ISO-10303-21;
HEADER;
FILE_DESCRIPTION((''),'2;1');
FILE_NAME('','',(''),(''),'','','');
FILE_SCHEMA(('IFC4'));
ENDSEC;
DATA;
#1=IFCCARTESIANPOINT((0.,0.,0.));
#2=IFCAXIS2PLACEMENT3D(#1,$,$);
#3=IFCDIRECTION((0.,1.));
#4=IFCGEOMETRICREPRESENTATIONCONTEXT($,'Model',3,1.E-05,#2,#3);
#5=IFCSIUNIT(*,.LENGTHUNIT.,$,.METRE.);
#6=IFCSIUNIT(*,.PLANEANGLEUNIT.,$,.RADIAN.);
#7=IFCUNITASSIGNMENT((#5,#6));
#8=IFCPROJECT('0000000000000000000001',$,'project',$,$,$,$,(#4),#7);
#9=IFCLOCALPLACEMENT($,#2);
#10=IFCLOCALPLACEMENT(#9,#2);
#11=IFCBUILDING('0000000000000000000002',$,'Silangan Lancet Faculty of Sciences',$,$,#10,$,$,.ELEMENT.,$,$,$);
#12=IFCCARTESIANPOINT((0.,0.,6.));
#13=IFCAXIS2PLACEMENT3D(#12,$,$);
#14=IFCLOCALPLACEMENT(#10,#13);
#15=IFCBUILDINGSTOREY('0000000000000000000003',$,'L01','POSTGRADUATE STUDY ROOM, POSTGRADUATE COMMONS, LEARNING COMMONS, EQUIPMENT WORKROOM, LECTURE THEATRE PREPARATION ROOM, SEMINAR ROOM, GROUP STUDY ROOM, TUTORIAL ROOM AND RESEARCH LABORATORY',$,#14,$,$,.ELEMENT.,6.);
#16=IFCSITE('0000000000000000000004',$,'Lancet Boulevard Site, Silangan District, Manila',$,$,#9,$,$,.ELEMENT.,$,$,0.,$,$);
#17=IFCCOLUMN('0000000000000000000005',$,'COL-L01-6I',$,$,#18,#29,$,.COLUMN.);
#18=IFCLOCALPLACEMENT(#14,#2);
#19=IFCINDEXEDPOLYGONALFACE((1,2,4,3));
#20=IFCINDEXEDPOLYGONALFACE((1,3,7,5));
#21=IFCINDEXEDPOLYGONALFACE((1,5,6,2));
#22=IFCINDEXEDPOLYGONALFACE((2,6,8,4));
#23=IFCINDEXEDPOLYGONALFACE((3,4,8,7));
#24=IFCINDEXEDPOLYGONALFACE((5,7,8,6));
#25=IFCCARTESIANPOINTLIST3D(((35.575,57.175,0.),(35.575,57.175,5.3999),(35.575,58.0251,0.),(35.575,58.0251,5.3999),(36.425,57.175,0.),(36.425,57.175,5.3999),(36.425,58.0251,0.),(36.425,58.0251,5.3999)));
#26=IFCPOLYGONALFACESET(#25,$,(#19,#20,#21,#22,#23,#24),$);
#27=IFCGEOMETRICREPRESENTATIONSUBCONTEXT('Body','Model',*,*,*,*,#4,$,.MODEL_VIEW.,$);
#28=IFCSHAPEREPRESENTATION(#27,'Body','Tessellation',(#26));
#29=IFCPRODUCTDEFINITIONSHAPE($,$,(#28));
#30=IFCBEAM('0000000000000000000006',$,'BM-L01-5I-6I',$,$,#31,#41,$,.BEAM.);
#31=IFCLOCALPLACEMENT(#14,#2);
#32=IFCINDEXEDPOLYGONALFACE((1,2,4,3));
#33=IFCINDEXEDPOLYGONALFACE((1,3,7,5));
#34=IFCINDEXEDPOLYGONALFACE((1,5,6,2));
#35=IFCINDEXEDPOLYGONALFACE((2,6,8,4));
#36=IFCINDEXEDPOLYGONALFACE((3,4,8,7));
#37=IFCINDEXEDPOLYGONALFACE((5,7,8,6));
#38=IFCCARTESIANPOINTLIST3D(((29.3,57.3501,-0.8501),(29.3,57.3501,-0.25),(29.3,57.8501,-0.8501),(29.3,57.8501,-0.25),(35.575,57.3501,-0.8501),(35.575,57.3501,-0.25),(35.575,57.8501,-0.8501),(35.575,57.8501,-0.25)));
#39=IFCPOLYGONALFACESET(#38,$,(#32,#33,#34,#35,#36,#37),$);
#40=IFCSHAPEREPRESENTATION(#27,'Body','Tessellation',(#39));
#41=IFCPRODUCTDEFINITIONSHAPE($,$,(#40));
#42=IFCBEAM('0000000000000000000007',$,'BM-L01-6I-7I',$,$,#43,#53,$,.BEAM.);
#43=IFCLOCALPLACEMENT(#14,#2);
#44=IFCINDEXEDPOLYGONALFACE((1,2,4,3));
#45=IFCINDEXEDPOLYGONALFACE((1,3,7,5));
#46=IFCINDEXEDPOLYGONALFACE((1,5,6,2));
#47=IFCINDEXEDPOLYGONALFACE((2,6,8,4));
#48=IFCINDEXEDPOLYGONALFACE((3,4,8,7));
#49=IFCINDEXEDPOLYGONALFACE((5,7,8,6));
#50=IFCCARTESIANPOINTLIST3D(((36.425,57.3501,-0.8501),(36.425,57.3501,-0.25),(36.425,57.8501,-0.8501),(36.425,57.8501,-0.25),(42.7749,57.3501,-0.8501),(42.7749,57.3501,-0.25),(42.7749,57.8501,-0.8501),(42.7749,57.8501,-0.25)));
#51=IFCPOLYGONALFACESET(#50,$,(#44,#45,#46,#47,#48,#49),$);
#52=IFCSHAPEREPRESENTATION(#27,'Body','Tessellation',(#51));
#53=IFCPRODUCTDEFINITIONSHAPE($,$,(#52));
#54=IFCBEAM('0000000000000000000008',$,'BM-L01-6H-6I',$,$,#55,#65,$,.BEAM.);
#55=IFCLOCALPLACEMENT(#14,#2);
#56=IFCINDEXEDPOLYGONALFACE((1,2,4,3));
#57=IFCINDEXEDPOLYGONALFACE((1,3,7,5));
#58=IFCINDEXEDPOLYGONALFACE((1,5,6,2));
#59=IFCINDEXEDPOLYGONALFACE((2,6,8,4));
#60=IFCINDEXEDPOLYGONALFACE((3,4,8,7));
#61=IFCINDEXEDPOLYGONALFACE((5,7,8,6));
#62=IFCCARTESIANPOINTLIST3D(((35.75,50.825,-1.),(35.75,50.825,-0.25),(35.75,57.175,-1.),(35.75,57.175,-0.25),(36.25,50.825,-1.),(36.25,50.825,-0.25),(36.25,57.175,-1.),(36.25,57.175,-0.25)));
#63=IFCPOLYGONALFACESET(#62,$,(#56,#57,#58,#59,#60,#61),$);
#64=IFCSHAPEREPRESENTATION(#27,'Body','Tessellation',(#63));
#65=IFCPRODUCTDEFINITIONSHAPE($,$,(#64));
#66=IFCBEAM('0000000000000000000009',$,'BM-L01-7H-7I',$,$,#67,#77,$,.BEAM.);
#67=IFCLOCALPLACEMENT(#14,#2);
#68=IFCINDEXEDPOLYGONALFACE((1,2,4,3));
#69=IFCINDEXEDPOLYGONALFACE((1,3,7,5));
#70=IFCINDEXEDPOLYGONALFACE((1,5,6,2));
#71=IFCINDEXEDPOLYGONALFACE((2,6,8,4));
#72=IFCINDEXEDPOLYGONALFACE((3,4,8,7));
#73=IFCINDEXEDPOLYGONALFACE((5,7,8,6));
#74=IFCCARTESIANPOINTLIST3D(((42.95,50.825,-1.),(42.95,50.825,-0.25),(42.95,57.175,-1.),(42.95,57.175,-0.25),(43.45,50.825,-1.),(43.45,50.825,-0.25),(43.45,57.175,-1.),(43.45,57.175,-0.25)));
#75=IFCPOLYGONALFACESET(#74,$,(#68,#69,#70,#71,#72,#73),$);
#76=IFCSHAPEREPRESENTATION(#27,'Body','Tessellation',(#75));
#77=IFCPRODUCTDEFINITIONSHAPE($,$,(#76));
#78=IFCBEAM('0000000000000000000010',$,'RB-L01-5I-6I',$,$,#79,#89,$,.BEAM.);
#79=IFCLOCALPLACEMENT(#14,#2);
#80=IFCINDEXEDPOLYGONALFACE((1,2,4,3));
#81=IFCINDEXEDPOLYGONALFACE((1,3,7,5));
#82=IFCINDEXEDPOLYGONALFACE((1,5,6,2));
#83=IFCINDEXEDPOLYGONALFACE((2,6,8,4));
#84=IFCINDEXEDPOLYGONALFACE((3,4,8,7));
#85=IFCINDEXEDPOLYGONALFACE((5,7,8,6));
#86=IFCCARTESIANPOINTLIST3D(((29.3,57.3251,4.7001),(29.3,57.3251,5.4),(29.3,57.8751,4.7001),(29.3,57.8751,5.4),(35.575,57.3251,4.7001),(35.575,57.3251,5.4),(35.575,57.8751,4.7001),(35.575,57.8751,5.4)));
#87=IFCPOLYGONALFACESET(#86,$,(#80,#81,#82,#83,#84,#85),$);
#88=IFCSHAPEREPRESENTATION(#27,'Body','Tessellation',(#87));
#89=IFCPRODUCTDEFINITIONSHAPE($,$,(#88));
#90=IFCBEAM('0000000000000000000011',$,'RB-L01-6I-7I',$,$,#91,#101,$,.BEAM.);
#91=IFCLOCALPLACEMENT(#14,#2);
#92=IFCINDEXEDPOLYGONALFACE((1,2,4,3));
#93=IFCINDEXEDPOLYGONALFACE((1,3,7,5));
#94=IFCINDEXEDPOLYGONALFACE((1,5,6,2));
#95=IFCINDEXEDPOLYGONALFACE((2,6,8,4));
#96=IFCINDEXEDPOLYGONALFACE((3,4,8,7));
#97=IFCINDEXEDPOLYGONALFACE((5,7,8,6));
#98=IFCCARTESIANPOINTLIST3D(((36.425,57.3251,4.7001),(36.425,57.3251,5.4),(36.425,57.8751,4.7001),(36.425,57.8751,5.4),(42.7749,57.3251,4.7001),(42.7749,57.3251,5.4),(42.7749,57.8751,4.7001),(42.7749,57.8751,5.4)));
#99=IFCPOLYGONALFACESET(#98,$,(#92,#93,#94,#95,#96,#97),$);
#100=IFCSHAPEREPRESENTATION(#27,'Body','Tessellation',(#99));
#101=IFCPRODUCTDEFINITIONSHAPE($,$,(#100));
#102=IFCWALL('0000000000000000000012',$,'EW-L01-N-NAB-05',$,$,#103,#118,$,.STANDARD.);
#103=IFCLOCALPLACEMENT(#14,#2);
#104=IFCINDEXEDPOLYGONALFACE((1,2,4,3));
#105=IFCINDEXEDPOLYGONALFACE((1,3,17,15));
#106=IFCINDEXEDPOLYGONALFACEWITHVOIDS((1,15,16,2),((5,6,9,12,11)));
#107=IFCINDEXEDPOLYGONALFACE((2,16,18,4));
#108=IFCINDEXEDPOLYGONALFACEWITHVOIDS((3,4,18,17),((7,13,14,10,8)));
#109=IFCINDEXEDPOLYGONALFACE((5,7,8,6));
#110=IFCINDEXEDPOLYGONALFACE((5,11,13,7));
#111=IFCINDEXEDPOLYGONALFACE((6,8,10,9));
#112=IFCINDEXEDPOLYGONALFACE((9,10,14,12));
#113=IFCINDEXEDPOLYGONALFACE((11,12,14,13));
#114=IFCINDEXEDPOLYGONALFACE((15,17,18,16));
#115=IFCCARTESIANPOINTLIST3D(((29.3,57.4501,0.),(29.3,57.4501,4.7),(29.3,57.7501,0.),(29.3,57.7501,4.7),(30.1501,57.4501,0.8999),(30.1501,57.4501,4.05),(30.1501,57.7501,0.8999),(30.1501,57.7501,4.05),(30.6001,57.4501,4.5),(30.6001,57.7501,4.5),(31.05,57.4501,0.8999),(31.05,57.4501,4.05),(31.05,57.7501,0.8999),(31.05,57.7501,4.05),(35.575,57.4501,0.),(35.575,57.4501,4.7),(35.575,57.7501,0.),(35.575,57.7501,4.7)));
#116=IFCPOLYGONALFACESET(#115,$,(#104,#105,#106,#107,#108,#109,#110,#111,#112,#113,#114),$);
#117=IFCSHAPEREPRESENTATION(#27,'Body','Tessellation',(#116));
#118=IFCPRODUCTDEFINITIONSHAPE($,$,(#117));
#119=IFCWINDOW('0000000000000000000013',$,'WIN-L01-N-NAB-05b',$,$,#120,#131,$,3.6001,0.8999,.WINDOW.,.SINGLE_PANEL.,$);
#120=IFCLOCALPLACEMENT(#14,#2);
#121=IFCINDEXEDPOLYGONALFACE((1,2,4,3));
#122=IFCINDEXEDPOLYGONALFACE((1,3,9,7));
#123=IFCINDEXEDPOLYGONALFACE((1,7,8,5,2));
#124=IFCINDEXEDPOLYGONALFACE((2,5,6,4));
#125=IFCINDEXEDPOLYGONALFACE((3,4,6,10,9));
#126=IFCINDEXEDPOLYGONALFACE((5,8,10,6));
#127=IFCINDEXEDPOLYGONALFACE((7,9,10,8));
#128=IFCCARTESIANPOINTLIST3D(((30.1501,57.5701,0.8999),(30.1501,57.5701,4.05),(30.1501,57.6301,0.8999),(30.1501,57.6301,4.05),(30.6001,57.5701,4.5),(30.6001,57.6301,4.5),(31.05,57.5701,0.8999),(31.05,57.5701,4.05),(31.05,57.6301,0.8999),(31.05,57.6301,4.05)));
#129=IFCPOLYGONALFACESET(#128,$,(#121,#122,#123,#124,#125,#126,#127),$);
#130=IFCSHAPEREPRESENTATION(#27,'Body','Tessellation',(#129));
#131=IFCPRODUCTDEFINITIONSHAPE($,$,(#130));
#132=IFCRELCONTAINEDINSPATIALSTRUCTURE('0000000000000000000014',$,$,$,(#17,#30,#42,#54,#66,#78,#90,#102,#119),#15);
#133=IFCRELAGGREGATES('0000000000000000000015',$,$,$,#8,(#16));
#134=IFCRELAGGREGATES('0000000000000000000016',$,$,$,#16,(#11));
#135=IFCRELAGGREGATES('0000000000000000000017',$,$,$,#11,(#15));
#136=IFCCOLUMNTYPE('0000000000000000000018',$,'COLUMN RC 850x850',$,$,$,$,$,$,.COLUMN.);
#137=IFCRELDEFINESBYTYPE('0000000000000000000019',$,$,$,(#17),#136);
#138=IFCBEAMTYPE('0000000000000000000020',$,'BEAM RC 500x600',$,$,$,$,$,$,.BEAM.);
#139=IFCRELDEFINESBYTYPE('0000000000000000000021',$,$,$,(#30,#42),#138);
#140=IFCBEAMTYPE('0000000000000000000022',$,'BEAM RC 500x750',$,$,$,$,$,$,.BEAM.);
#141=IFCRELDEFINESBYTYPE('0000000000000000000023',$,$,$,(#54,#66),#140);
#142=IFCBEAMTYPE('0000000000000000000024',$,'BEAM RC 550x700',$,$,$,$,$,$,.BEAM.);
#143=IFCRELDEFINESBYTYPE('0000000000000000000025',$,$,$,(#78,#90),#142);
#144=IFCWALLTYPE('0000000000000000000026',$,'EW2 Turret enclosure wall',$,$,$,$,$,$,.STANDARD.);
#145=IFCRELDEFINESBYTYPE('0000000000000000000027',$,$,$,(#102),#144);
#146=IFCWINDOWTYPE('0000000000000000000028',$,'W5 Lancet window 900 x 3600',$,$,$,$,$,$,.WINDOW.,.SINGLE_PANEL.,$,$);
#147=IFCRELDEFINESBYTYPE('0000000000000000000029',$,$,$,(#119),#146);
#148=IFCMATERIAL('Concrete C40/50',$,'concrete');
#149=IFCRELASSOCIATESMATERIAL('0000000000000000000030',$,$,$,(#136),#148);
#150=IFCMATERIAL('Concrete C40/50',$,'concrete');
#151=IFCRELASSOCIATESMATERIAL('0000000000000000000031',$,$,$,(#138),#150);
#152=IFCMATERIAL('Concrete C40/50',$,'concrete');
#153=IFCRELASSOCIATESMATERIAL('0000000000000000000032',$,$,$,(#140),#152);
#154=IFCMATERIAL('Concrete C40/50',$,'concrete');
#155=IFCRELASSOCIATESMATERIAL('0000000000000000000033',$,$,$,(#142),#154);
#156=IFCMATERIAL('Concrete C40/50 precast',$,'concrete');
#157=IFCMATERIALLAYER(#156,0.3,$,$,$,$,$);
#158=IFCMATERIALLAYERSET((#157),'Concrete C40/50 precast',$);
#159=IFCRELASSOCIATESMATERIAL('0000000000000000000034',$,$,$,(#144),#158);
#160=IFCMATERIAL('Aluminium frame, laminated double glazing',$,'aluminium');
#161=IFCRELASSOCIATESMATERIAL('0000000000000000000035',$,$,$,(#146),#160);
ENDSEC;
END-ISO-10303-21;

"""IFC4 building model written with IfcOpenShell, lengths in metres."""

from ifc_helpers import new_model, si_unit, direction, frame, frame_2d, origin, origin_2d, place, context, subcontext, project, spatial, polyline, rectangle, outline, extrude, material, layer, layer_set, material_profile, profile_set, type_object, element, fill, save


model = new_model("IFC4")

# Units and contexts
model_context = context("Model", 3, precision=1e-05, world=origin(), true_north=direction((0.0, 1.0)))
body_context = subcontext(model_context, "Body", "Model", "MODEL_VIEW")
ifc_project = project(units=[si_unit("LENGTHUNIT", "METRE"), si_unit("PLANEANGLEUNIT", "RADIAN")], contexts=[model_context])

# Site, building, storey
site_placement = place(None, origin())
site = spatial("IfcSite", under=ifc_project, at=site_placement, Name="Lancet Boulevard Site, Silangan District, Manila", CompositionType="ELEMENT", RefElevation=0.0)
building_placement = place(site_placement, origin())
building = spatial("IfcBuilding", under=site, at=building_placement, Name="Silangan Lancet Faculty of Sciences", CompositionType="ELEMENT")
storey_placement = place(building_placement, frame((0.0, 0.0, 6.0)))
storey = spatial("IfcBuildingStorey", under=building, at=storey_placement, Name="L01", Description="POSTGRADUATE STUDY ROOM, POSTGRADUATE COMMONS, LEARNING COMMONS, EQUIPMENT WORKROOM, LECTURE THEATRE PREPARATION ROOM, SEMINAR ROOM, GROUP STUDY ROOM, TUTORIAL ROOM AND RESEARCH LABORATORY", CompositionType="ELEMENT", Elevation=6.0)

# Column
ifc_material_1 = material(Name="Concrete C40/50", Category="concrete")
ifc_material_profile_1 = material_profile(ifc_material_1, rectangle(XDim=0.8501, YDim=0.8501, at=origin_2d()), Name="RC 850x850")
ifc_profile_set_1 = profile_set([ifc_material_profile_1], Name="Concrete C40/50")
column_type = type_object("IfcColumnType", Name="COLUMN RC 850x850", PredefinedType="COLUMN", material=ifc_profile_set_1)
column_placement = place(storey_placement, frame((36.0, 57.6001, 0.0), z_axis=(0.0, 0.0, 1.0), x_axis=(1.0, 0.0, 0.0)))
element("IfcColumn", 1, at=column_placement, inside=storey, type_object=column_type, Name="COL-L01-6I", PredefinedType="COLUMN", context=body_context, shape_type="SweptSolid", body=[
    extrude(rectangle(XDim=0.8501, YDim=0.8501, at=origin_2d()), origin(), (0.0, 0.0, 1.0), 5.3999),
])

# Beams
ifc_material_2 = material(Name="Concrete C40/50", Category="concrete")
ifc_material_profile_2 = material_profile(ifc_material_2, rectangle(XDim=0.5, YDim=0.6001, at=origin_2d()), Name="RC 500x600")
ifc_profile_set_2 = profile_set([ifc_material_profile_2], Name="Concrete C40/50")
beam_type_1 = type_object("IfcBeamType", Name="BEAM RC 500x600", PredefinedType="BEAM", material=ifc_profile_set_2)
beam_1_placement = place(storey_placement, frame((29.3, 57.6001, -0.55), z_axis=(1.0, 0.0, 0.0), x_axis=(0.0, 1.0, 0.0)))
element("IfcBeam", 2, at=beam_1_placement, inside=storey, type_object=beam_type_1, Name="BM-L01-5I-6I", PredefinedType="BEAM", context=body_context, shape_type="SweptSolid", body=[
    extrude(rectangle(XDim=0.5, YDim=0.6001, at=origin_2d()), origin(), (0.0, 0.0, 1.0), 6.2749),
])
beam_2_placement = place(storey_placement, frame((36.425, 57.6001, -0.55), z_axis=(1.0, 0.0, 0.0), x_axis=(0.0, 1.0, 0.0)))
element("IfcBeam", 3, at=beam_2_placement, inside=storey, type_object=beam_type_1, Name="BM-L01-6I-7I", PredefinedType="BEAM", context=body_context, shape_type="SweptSolid", body=[
    extrude(rectangle(XDim=0.5, YDim=0.6001, at=origin_2d()), origin(), (0.0, 0.0, 1.0), 6.3499),
])
ifc_material_3 = material(Name="Concrete C40/50", Category="concrete")
ifc_material_profile_3 = material_profile(ifc_material_3, rectangle(XDim=0.5, YDim=0.75, at=origin_2d()), Name="RC 500x750")
ifc_profile_set_3 = profile_set([ifc_material_profile_3], Name="Concrete C40/50")
beam_type_2 = type_object("IfcBeamType", Name="BEAM RC 500x750", PredefinedType="BEAM", material=ifc_profile_set_3)
for number, where, z_axis, x_axis, name in (
    (4, (36.0, 50.825, -0.625), (0.0, 1.0, 0.0), (-1.0, 0.0, 0.0), "BM-L01-6H-6I"),
    (5, (43.2, 50.825, -0.625), (0.0, 1.0, 0.0), (-1.0, 0.0, 0.0), "BM-L01-7H-7I"),
):
    element("IfcBeam", number, at=place(storey_placement, frame(where, z_axis=z_axis, x_axis=x_axis)), inside=storey, type_object=beam_type_2, Name=name, PredefinedType="BEAM", context=body_context, shape_type="SweptSolid", body=[
        extrude(rectangle(XDim=0.5, YDim=0.75, at=origin_2d()), origin(), (0.0, 0.0, 1.0), 6.3501),
    ])
ifc_material_4 = material(Name="Concrete C40/50", Category="concrete")
ifc_material_profile_4 = material_profile(ifc_material_4, rectangle(XDim=0.55, YDim=0.7, at=origin_2d()), Name="RC 550x700")
ifc_profile_set_4 = profile_set([ifc_material_profile_4], Name="Concrete C40/50")
beam_type_3 = type_object("IfcBeamType", Name="BEAM RC 550x700", PredefinedType="BEAM", material=ifc_profile_set_4)
beam_3_placement = place(storey_placement, frame((29.3, 57.6001, 5.05), z_axis=(1.0, 0.0, 0.0), x_axis=(0.0, 1.0, 0.0)))
element("IfcBeam", 6, at=beam_3_placement, inside=storey, type_object=beam_type_3, Name="RB-L01-5I-6I", PredefinedType="BEAM", context=body_context, shape_type="SweptSolid", body=[
    extrude(rectangle(XDim=0.55, YDim=0.7, at=origin_2d()), origin(), (0.0, 0.0, 1.0), 6.2749),
])
beam_4_placement = place(storey_placement, frame((36.425, 57.6001, 5.05), z_axis=(1.0, 0.0, 0.0), x_axis=(0.0, 1.0, 0.0)))
element("IfcBeam", 7, at=beam_4_placement, inside=storey, type_object=beam_type_3, Name="RB-L01-6I-7I", PredefinedType="BEAM", context=body_context, shape_type="SweptSolid", body=[
    extrude(rectangle(XDim=0.55, YDim=0.7, at=origin_2d()), origin(), (0.0, 0.0, 1.0), 6.3499),
])

# Wall, opening, window
ifc_material_5 = material(Name="Concrete C40/50 precast", Category="concrete")
ifc_layer_1 = layer(ifc_material_5, 0.3)
ifc_layer_set_1 = layer_set([ifc_layer_1], Name="Concrete C40/50 precast")
wall_type_1 = type_object("IfcWallType", Name="EW2 Turret enclosure wall", PredefinedType="STANDARD", material=ifc_layer_set_1)
wall_1_placement = place(storey_placement, frame((35.575, 57.6001, 0.0), z_axis=(0.0, 0.0, 1.0), x_axis=(-1.0, 0.0, 0.0)))
wall_1 = element("IfcWall", 8, at=wall_1_placement, inside=storey, type_object=wall_type_1, Name="EW-L01-N-NAB-05", PredefinedType="STANDARD", context=body_context, shape_type="SweptSolid", body=[
    extrude(rectangle(XDim=6.2749, YDim=0.3, at=frame_2d((3.1375, 0.0))), origin(), (0.0, 0.0, 1.0), 4.7),
])
opening_1_placement = place(wall_1_placement, frame((4.5249, 0.0, 0.8999)))
opening_1 = element("IfcOpeningElement", 9, at=opening_1_placement, cuts=wall_1, PredefinedType="OPENING", context=body_context, shape_type="SweptSolid", body=[
    extrude(outline(polyline([(0.0, 0.0), (0.8999, 0.0), (0.8999, 3.1501), (0.45, 3.6001), (0.0, 3.1501), (0.0, 0.0)])), frame((0.0, 0.1599, 0.0), z_axis=(0.0, -1.0, 0.0), x_axis=(1.0, 0.0, 0.0)), (0.0, 0.0, 1.0), 0.3201),
])
ifc_material_6 = material(Name="Aluminium frame, laminated double glazing", Category="aluminium")
window_type_1 = type_object("IfcWindowType", Name="W5 Lancet window 900 x 3600", PartitioningType="SINGLE_PANEL", PredefinedType="WINDOW", material=ifc_material_6)
window_1_placement = place(opening_1_placement, origin())
window_1 = element("IfcWindow", 10, at=window_1_placement, inside=storey, type_object=window_type_1, Name="WIN-L01-N-NAB-05b", OverallHeight=3.6001, OverallWidth=0.8999, PartitioningType="SINGLE_PANEL", PredefinedType="WINDOW", context=body_context, shape_type="SweptSolid", body=[
    extrude(outline(polyline([(0.0, 0.0), (0.8999, 0.0), (0.8999, 3.1501), (0.45, 3.6001), (0.0, 3.1501), (0.0, 0.0)])), frame((0.0, 0.03, 0.0), z_axis=(0.0, -1.0, 0.0), x_axis=(1.0, 0.0, 0.0)), (0.0, 0.0, 1.0), 0.0601),
])
fill(opening_1, window_1)

save(model, "model.ifc")
